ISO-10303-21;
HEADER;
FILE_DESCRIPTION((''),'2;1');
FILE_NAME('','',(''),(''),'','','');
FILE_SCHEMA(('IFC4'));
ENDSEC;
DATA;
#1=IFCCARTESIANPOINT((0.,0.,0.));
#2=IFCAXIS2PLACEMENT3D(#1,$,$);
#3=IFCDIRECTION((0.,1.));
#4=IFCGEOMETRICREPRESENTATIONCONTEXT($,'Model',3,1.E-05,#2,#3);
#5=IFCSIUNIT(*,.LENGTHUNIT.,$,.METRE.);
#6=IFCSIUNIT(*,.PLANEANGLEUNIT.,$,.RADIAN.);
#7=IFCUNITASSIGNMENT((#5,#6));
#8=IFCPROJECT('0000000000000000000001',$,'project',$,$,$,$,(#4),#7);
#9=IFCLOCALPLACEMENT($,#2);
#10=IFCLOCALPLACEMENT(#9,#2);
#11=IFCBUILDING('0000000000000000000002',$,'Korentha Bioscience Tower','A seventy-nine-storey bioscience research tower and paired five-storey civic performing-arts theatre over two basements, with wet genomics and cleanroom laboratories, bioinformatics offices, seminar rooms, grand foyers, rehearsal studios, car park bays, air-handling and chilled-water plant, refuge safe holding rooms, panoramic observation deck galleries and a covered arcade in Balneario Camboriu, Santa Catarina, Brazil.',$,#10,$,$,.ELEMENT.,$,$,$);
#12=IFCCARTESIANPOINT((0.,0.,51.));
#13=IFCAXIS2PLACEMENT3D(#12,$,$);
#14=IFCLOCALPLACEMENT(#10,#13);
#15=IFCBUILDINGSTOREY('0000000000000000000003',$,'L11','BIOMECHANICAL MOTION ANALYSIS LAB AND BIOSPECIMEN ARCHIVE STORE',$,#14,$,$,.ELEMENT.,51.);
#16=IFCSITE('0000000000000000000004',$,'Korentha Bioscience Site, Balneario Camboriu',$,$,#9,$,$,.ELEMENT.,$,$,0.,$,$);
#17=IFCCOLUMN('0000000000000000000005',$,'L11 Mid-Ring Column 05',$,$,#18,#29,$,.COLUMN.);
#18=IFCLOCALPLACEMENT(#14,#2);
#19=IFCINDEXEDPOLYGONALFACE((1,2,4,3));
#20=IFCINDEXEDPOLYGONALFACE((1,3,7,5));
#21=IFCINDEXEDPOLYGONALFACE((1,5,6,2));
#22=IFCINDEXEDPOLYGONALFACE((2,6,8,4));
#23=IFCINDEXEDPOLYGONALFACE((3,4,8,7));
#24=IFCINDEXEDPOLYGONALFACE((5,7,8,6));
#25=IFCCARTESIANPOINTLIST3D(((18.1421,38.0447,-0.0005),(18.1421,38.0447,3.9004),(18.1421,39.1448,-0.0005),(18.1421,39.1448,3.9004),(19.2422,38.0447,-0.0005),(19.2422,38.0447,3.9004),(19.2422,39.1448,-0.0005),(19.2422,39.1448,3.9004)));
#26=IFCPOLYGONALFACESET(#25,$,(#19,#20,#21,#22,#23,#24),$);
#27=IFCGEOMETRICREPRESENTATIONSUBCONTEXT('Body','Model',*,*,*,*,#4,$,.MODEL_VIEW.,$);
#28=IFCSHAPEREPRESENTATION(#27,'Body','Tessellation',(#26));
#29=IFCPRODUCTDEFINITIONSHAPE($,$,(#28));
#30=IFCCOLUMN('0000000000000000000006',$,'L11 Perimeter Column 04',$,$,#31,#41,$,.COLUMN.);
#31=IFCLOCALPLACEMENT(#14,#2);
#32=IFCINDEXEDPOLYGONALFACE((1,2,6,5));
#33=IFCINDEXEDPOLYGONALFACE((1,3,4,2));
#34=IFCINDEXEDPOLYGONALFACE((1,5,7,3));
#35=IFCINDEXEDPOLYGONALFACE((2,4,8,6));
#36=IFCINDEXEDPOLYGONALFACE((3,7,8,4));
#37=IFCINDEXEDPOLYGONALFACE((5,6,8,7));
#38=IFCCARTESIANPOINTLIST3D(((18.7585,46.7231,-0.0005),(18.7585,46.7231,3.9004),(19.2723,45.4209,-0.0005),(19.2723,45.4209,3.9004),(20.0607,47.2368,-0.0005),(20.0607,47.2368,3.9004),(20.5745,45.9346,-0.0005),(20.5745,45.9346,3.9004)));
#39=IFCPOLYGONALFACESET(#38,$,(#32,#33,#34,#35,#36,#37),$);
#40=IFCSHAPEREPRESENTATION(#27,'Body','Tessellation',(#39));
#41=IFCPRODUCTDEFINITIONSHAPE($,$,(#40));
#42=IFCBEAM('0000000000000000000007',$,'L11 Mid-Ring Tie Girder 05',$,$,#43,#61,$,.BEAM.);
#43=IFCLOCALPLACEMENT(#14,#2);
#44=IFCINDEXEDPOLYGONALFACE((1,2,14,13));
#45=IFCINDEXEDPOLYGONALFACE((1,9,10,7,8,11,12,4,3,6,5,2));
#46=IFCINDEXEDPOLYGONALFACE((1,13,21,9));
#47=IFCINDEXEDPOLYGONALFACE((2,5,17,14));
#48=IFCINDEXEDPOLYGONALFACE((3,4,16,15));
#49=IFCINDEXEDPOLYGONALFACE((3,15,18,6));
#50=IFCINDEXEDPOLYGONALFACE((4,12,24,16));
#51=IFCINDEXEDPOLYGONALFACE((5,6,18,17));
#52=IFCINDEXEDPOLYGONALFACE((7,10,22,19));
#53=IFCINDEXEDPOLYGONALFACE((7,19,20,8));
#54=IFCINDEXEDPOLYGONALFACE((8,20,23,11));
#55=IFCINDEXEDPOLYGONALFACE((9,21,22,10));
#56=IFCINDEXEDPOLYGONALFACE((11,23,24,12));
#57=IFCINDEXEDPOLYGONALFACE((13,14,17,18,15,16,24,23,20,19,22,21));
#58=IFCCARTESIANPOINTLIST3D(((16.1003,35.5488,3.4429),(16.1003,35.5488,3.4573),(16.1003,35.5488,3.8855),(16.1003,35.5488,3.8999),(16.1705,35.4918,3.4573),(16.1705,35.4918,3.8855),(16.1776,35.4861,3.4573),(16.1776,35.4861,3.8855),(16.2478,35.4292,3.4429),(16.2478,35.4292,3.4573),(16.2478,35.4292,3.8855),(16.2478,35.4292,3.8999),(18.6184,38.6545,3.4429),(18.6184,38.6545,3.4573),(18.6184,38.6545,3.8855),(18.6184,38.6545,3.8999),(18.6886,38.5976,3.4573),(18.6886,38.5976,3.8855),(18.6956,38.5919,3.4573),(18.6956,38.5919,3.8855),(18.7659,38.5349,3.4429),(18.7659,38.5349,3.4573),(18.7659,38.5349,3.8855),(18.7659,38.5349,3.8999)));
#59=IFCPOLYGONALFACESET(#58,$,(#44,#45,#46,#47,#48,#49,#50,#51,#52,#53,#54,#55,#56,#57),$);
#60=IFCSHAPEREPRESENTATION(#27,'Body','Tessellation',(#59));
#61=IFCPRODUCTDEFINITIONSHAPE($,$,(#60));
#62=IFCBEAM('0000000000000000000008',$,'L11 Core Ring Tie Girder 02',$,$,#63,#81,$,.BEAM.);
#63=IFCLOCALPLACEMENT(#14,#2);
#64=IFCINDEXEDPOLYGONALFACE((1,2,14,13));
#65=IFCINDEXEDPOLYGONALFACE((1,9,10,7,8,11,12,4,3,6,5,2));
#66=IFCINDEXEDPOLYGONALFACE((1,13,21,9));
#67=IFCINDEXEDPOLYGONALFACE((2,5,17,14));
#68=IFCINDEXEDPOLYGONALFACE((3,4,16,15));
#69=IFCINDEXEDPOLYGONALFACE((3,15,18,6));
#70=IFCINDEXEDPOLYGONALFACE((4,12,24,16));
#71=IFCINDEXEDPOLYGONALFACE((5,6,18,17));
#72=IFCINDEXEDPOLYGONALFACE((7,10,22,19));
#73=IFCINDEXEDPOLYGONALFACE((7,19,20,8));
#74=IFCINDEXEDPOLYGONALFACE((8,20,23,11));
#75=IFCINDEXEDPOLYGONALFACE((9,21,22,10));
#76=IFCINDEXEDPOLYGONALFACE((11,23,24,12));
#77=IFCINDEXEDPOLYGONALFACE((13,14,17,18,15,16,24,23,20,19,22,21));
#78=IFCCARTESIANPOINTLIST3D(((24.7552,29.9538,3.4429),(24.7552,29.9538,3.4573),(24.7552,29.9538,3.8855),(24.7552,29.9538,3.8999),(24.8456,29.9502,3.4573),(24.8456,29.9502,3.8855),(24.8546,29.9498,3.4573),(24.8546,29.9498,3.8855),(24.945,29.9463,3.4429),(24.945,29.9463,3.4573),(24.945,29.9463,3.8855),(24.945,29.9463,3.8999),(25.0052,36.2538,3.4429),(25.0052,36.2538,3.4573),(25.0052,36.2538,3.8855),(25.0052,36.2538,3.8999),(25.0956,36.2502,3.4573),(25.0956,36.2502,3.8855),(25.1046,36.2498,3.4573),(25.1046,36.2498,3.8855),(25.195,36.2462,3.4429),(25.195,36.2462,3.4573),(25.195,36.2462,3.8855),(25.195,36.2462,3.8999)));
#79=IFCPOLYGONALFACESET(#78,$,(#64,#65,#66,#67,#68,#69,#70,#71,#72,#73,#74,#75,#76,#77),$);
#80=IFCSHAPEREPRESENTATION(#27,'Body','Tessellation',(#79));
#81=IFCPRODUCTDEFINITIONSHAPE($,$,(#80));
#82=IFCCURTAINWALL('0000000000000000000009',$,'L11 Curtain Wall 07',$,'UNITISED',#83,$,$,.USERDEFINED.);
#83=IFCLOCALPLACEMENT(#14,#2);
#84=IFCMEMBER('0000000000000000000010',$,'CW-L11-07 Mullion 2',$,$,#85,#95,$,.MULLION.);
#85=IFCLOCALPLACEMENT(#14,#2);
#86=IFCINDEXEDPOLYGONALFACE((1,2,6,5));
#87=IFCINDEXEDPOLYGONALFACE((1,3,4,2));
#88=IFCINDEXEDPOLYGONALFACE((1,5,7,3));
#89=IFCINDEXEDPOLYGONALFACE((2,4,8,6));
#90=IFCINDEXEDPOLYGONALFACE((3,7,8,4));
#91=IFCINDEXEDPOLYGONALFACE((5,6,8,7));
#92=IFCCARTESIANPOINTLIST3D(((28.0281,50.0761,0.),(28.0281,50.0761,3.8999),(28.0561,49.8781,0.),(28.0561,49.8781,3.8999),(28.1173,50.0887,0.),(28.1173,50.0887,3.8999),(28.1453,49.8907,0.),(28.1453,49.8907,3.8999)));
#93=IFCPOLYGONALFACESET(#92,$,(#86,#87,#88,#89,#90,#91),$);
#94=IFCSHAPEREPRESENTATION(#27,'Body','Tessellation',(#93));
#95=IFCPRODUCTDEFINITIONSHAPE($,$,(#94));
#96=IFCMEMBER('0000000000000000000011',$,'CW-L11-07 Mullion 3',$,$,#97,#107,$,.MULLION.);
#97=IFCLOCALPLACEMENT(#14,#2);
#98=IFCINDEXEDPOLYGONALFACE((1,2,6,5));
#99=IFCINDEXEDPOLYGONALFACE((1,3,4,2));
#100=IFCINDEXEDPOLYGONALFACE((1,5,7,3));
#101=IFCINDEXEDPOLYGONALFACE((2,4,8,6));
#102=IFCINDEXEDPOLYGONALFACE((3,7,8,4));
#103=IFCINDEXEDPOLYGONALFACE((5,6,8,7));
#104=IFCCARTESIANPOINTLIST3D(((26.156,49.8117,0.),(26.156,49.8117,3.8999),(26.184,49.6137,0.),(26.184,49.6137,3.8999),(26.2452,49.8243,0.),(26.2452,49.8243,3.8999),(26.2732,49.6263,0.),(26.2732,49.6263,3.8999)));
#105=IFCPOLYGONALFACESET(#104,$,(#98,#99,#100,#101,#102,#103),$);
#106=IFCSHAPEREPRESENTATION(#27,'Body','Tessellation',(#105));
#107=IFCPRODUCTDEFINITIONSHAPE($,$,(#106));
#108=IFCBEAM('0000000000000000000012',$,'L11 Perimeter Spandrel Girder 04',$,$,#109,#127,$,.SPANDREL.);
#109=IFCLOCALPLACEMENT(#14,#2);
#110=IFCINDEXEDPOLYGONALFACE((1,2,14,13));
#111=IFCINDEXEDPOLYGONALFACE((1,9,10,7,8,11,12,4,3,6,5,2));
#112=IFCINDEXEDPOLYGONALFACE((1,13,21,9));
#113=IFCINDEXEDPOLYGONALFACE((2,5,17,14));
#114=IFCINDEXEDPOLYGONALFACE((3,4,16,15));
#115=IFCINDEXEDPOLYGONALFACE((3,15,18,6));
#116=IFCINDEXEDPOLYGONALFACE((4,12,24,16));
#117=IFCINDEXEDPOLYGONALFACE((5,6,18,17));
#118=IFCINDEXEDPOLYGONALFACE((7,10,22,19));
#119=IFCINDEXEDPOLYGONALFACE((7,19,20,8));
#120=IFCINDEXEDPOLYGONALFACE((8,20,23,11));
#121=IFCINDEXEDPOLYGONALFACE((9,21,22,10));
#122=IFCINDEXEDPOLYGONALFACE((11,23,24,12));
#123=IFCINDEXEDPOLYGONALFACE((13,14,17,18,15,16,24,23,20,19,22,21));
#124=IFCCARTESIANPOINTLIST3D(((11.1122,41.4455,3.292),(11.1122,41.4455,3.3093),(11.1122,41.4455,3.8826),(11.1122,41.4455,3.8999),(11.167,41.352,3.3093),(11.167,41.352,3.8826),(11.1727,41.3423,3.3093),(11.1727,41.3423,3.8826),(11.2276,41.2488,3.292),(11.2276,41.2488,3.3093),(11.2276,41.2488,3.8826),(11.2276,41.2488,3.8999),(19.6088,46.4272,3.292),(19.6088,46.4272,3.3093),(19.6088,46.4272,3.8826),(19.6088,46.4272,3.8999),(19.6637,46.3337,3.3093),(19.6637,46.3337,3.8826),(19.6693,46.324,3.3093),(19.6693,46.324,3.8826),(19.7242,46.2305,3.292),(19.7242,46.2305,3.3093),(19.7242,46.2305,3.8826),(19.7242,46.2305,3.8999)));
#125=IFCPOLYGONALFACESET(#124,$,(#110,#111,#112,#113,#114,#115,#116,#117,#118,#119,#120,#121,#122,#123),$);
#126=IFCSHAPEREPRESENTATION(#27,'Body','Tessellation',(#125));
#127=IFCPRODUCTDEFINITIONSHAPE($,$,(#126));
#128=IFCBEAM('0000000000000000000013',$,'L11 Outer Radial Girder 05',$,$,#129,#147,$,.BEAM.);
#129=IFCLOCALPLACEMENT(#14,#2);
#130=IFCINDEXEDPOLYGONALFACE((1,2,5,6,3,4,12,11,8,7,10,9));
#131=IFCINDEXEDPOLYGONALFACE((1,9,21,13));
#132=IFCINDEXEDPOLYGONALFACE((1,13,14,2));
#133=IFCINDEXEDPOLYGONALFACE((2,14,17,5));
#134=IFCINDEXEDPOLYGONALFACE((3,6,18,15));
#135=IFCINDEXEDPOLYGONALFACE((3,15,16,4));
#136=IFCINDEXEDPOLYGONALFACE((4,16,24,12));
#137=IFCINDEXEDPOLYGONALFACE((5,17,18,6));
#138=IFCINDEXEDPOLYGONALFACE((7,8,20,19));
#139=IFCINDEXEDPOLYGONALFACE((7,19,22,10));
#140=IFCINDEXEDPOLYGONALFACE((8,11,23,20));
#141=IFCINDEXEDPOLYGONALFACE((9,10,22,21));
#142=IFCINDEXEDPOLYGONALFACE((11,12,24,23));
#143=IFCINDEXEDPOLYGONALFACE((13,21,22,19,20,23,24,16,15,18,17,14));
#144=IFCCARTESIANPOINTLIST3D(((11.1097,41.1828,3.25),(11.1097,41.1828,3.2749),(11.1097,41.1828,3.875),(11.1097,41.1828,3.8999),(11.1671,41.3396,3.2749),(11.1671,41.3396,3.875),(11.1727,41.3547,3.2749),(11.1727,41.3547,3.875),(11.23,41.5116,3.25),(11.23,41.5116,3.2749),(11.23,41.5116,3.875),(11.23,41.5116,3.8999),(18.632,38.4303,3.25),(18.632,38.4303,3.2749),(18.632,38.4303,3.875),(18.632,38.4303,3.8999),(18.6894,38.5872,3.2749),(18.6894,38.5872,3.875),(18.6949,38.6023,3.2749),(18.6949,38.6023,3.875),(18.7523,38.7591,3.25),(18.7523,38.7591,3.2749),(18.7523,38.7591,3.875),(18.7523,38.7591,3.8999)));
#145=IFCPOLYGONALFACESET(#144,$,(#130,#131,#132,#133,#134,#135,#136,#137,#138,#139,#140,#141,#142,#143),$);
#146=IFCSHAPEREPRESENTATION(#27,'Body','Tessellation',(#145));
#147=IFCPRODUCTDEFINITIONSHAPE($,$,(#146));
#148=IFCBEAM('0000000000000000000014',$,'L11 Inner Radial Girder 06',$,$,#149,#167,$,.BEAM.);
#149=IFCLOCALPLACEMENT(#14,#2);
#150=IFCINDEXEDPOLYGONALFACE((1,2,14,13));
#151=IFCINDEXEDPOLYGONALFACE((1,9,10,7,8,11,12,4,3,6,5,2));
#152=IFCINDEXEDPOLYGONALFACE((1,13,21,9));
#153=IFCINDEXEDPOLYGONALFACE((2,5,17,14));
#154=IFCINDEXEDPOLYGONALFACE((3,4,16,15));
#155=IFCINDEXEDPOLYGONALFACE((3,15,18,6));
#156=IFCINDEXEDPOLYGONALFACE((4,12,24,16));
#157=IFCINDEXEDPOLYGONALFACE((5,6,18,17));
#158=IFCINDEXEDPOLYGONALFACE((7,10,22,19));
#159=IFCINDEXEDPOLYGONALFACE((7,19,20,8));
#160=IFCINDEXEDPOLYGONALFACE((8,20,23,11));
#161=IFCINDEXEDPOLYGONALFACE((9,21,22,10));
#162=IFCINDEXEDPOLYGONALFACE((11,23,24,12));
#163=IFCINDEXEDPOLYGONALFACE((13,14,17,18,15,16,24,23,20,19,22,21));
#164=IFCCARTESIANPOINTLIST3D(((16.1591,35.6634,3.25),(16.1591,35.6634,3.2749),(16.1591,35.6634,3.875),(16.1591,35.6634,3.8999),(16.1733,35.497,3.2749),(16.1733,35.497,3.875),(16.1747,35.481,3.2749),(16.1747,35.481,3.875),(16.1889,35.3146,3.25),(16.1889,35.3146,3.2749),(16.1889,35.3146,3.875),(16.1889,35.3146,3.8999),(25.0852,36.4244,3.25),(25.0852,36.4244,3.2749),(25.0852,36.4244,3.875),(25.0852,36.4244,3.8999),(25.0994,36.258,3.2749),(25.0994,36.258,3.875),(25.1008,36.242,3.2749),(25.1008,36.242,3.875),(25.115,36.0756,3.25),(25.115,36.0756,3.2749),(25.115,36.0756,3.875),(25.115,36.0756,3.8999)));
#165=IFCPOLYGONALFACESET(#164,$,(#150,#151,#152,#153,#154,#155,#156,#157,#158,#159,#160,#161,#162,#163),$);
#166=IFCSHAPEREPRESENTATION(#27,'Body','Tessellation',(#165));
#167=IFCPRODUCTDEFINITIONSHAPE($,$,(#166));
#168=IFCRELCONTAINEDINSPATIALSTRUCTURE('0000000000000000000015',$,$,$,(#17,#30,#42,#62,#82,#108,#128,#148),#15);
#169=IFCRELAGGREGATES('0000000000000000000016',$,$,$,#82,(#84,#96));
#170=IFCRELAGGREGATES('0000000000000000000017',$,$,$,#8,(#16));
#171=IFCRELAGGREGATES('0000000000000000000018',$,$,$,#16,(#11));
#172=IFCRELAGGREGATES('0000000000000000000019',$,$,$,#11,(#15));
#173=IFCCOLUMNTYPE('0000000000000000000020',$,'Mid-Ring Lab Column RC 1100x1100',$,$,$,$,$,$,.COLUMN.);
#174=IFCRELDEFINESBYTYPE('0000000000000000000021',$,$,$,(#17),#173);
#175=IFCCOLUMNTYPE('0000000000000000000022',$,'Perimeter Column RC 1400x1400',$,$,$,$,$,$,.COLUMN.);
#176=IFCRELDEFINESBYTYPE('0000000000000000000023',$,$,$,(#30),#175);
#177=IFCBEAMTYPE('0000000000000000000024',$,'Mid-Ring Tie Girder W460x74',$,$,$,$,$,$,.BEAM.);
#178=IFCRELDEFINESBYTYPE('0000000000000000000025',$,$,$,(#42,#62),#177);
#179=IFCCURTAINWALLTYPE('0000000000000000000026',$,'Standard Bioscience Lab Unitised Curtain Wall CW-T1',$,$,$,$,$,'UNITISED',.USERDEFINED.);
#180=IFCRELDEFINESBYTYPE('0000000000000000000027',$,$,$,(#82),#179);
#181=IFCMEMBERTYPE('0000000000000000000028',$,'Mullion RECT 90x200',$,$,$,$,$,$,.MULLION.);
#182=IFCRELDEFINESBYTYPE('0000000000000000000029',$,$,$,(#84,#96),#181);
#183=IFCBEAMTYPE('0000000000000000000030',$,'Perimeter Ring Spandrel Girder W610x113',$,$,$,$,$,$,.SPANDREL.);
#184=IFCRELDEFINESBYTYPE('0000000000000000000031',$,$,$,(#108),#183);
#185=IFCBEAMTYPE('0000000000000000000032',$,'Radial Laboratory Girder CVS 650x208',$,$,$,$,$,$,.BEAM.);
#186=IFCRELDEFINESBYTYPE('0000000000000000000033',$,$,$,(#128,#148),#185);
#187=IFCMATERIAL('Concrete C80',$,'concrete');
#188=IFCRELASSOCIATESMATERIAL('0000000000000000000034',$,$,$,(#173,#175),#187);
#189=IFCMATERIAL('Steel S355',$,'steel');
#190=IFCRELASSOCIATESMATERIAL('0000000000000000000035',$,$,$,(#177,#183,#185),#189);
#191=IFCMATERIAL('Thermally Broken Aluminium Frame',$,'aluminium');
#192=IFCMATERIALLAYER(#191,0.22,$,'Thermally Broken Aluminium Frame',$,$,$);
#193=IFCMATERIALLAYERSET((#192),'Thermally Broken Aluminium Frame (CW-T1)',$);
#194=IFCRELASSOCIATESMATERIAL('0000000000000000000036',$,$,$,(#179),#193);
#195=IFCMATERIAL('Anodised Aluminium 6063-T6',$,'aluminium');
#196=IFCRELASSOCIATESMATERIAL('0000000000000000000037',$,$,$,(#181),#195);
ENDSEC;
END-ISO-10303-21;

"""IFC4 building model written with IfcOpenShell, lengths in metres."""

from ifc_helpers import new_model, si_unit, direction, frame, origin, origin_2d, place, context, subcontext, project, spatial, rectangle, i_section, extrude, material, layer, layer_set, material_profile, profile_set, type_object, element, aggregate, save


model = new_model("IFC4")

# Units and contexts
model_context = context("Model", 3, precision=1e-05, world=origin(), true_north=direction((0.0, 1.0)))
body_context = subcontext(model_context, "Body", "Model", "MODEL_VIEW")
ifc_project = project(units=[si_unit("LENGTHUNIT", "METRE"), si_unit("PLANEANGLEUNIT", "RADIAN")], contexts=[model_context])

# Site, building, storey
site_placement = place(None, origin())
site = spatial("IfcSite", under=ifc_project, at=site_placement, Name="Korentha Bioscience Site, Balneario Camboriu", CompositionType="ELEMENT", RefElevation=0.0)
building_placement = place(site_placement, origin())
building = spatial("IfcBuilding", under=site, at=building_placement, Name="Korentha Bioscience Tower", Description="A seventy-nine-storey bioscience research tower and paired five-storey civic performing-arts theatre over two basements, with wet genomics and cleanroom laboratories, bioinformatics offices, seminar rooms, grand foyers, rehearsal studios, car park bays, air-handling and chilled-water plant, refuge safe holding rooms, panoramic observation deck galleries and a covered arcade in Balneario Camboriu, Santa Catarina, Brazil.", CompositionType="ELEMENT")
storey_placement = place(building_placement, frame((0.0, 0.0, 51.0)))
storey = spatial("IfcBuildingStorey", under=building, at=storey_placement, Name="L11", Description="BIOMECHANICAL MOTION ANALYSIS LAB AND BIOSPECIMEN ARCHIVE STORE", CompositionType="ELEMENT", Elevation=51.0)

# Columns
ifc_material_1 = material(Name="Concrete C80", Category="concrete")
ifc_material_profile_1 = material_profile(ifc_material_1, rectangle(XDim=1.1001, YDim=1.1001, at=origin_2d()), Name="Concrete C80")
ifc_profile_set_1 = profile_set([ifc_material_profile_1], Name="Concrete C80 (COL-MR11)")
column_type_1 = type_object("IfcColumnType", Name="Mid-Ring Lab Column RC 1100x1100", PredefinedType="COLUMN", material=ifc_profile_set_1)
column_1_placement = place(storey_placement, frame((18.6921, 38.5947, -0.0005), z_axis=(0.0, 0.0, 1.0), x_axis=(1.0, 0.0, 0.0)))
element("IfcColumn", 1, at=column_1_placement, inside=storey, type_object=column_type_1, Name="L11 Mid-Ring Column 05", PredefinedType="COLUMN", context=body_context, shape_type="SweptSolid", body=[
    extrude(rectangle(XDim=1.1001, YDim=1.1001, at=origin_2d()), origin(), (0.0, 0.0, 1.0), 3.9009),
])
ifc_material_profile_2 = material_profile(ifc_material_1, rectangle(XDim=1.3999, YDim=1.3999, at=origin_2d()), Name="Concrete C80")
ifc_profile_set_2 = profile_set([ifc_material_profile_2], Name="Concrete C80 (COL-P14)")
column_type_2 = type_object("IfcColumnType", Name="Perimeter Column RC 1400x1400", PredefinedType="COLUMN", material=ifc_profile_set_2)
column_2_placement = place(storey_placement, frame((19.6665, 46.3289, -0.0005), z_axis=(0.0, 0.0, 1.0), x_axis=(0.930226, 0.366988, 0.0)))
element("IfcColumn", 2, at=column_2_placement, inside=storey, type_object=column_type_2, Name="L11 Perimeter Column 04", PredefinedType="COLUMN", context=body_context, shape_type="SweptSolid", body=[
    extrude(rectangle(XDim=1.3999, YDim=1.3999, at=origin_2d()), origin(), (0.0, 0.0, 1.0), 3.9009),
])

# Beams
ifc_material_2 = material(Name="Steel S355", Category="steel")
ifc_material_profile_3 = material_profile(ifc_material_2, i_section(OverallWidth=0.1899, OverallDepth=0.457, WebThickness=0.009, FlangeThickness=0.0144, at=origin_2d()), Name="Steel S355")
ifc_profile_set_3 = profile_set([ifc_material_profile_3], Name="Steel S355 (MB-460)")
beam_type_1 = type_object("IfcBeamType", Name="Mid-Ring Tie Girder W460x74", PredefinedType="BEAM", material=ifc_profile_set_3)
beam_1_placement = place(storey_placement, frame((18.6921, 38.5947, 3.6714), z_axis=(-0.62979, -0.776765, 0.0), x_axis=(0.776765, -0.62979, 0.0)))
element("IfcBeam", 3, at=beam_1_placement, inside=storey, type_object=beam_type_1, Name="L11 Mid-Ring Tie Girder 05", PredefinedType="BEAM", context=body_context, shape_type="SweptSolid", body=[
    extrude(i_section(OverallWidth=0.1899, OverallDepth=0.457, WebThickness=0.009, FlangeThickness=0.0144, at=origin_2d()), origin(), (0.0, 0.0, 1.0), 3.9983),
])
beam_2_placement = place(storey_placement, frame((25.1001, 36.25, 3.6714), z_axis=(-0.039651, -0.999214, 0.0), x_axis=(0.999214, -0.039651, 0.0)))
element("IfcBeam", 4, at=beam_2_placement, inside=storey, type_object=beam_type_1, Name="L11 Core Ring Tie Girder 02", PredefinedType="BEAM", context=body_context, shape_type="SweptSolid", body=[
    extrude(i_section(OverallWidth=0.1899, OverallDepth=0.457, WebThickness=0.009, FlangeThickness=0.0144, at=origin_2d()), origin(), (0.0, 0.0, 1.0), 6.3049),
])

# Curtain wall, members
ifc_material_3 = material(Name="Thermally Broken Aluminium Frame", Category="aluminium")
ifc_layer_1 = layer(ifc_material_3, 0.22, Name="Thermally Broken Aluminium Frame")
ifc_layer_set_1 = layer_set([ifc_layer_1], Name="Thermally Broken Aluminium Frame (CW-T1)")
curtain_wall_type = type_object("IfcCurtainWallType", Name="Standard Bioscience Lab Unitised Curtain Wall CW-T1", ElementType="UNITISED", PredefinedType="USERDEFINED", material=ifc_layer_set_1)
curtain_wall_placement = place(storey_placement, origin())
curtain_wall = element("IfcCurtainWall", 5, at=curtain_wall_placement, inside=storey, type_object=curtain_wall_type, Name="L11 Curtain Wall 07", ObjectType="UNITISED", PredefinedType="USERDEFINED")
ifc_material_4 = material(Name="Anodised Aluminium 6063-T6", Category="aluminium")
ifc_material_profile_4 = material_profile(ifc_material_4, rectangle(XDim=0.0901, YDim=0.2, at=origin_2d()), Name="Anodised Aluminium 6063-T6")
ifc_profile_set_4 = profile_set([ifc_material_profile_4], Name="Anodised Aluminium 6063-T6 (CW-MUL)")
member_type_1 = type_object("IfcMemberType", Name="Mullion RECT 90x200", PredefinedType="MULLION", material=ifc_profile_set_4)
member_1_placement = place(storey_placement, frame((28.0867, 49.9834, 0.0), z_axis=(0.0, 0.0, 1.0), x_axis=(-0.990167, -0.139888, 0.0)))
member_1 = element("IfcMember", 6, at=member_1_placement, type_object=member_type_1, Name="CW-L11-07 Mullion 2", PredefinedType="MULLION", context=body_context, shape_type="SweptSolid", body=[
    extrude(rectangle(XDim=0.0901, YDim=0.2, at=origin_2d()), origin(), (0.0, 0.0, 1.0), 3.8999),
])
member_2_placement = place(storey_placement, frame((26.2146, 49.719, 0.0), z_axis=(0.0, 0.0, 1.0), x_axis=(-0.990167, -0.139888, 0.0)))
member_2 = element("IfcMember", 7, at=member_2_placement, type_object=member_type_1, Name="CW-L11-07 Mullion 3", PredefinedType="MULLION", context=body_context, shape_type="SweptSolid", body=[
    extrude(rectangle(XDim=0.0901, YDim=0.2, at=origin_2d()), origin(), (0.0, 0.0, 1.0), 3.8999),
])

# Beams
ifc_material_profile_5 = material_profile(ifc_material_2, i_section(OverallWidth=0.228, OverallDepth=0.6079, WebThickness=0.0112, FlangeThickness=0.0173, at=origin_2d()), Name="Steel S355")
ifc_profile_set_5 = profile_set([ifc_material_profile_5], Name="Steel S355 (SB-610)")
beam_type_2 = type_object("IfcBeamType", Name="Perimeter Ring Spandrel Girder W610x113", PredefinedType="SPANDREL", material=ifc_profile_set_5)
beam_3_placement = place(storey_placement, frame((19.6665, 46.3289, 3.5959), z_axis=(-0.862657, -0.50579, 0.0), x_axis=(0.50579, -0.862657, 0.0)))
element("IfcBeam", 8, at=beam_3_placement, inside=storey, type_object=beam_type_2, Name="L11 Perimeter Spandrel Girder 04", PredefinedType="SPANDREL", context=body_context, shape_type="SweptSolid", body=[
    extrude(i_section(OverallWidth=0.228, OverallDepth=0.6079, WebThickness=0.0112, FlangeThickness=0.0173, at=origin_2d()), origin(), (0.0, 0.0, 1.0), 9.8494),
])
ifc_material_profile_6 = material_profile(ifc_material_2, i_section(OverallWidth=0.3501, OverallDepth=0.6499, WebThickness=0.0161, FlangeThickness=0.0249, at=origin_2d()), Name="Steel S355")
ifc_profile_set_6 = profile_set([ifc_material_profile_6], Name="Steel S355 (RB-650)")
beam_type_3 = type_object("IfcBeamType", Name="Radial Laboratory Girder CVS 650x208", PredefinedType="BEAM", material=ifc_profile_set_6)
beam_4_placement = place(storey_placement, frame((18.6921, 38.5947, 3.575), z_axis=(-0.939106, 0.343627, 0.0), x_axis=(-0.343627, -0.939106, 0.0)))
element("IfcBeam", 9, at=beam_4_placement, inside=storey, type_object=beam_type_3, Name="L11 Outer Radial Girder 05", PredefinedType="BEAM", context=body_context, shape_type="SweptSolid", body=[
    extrude(i_section(OverallWidth=0.3501, OverallDepth=0.6499, WebThickness=0.0161, FlangeThickness=0.0249, at=origin_2d()), origin(), (0.0, 0.0, 1.0), 8.01),
])
beam_5_placement = place(storey_placement, frame((25.1001, 36.25, 3.575), z_axis=(-0.996386, -0.084947, 0.0), x_axis=(0.084947, -0.996386, 0.0)))
element("IfcBeam", 10, at=beam_5_placement, inside=storey, type_object=beam_type_3, Name="L11 Inner Radial Girder 06", PredefinedType="BEAM", context=body_context, shape_type="SweptSolid", body=[
    extrude(i_section(OverallWidth=0.3501, OverallDepth=0.6499, WebThickness=0.0161, FlangeThickness=0.0249, at=origin_2d()), origin(), (0.0, 0.0, 1.0), 8.9585),
])

aggregate(curtain_wall, [member_1, member_2])

save(model, "model.ifc")
